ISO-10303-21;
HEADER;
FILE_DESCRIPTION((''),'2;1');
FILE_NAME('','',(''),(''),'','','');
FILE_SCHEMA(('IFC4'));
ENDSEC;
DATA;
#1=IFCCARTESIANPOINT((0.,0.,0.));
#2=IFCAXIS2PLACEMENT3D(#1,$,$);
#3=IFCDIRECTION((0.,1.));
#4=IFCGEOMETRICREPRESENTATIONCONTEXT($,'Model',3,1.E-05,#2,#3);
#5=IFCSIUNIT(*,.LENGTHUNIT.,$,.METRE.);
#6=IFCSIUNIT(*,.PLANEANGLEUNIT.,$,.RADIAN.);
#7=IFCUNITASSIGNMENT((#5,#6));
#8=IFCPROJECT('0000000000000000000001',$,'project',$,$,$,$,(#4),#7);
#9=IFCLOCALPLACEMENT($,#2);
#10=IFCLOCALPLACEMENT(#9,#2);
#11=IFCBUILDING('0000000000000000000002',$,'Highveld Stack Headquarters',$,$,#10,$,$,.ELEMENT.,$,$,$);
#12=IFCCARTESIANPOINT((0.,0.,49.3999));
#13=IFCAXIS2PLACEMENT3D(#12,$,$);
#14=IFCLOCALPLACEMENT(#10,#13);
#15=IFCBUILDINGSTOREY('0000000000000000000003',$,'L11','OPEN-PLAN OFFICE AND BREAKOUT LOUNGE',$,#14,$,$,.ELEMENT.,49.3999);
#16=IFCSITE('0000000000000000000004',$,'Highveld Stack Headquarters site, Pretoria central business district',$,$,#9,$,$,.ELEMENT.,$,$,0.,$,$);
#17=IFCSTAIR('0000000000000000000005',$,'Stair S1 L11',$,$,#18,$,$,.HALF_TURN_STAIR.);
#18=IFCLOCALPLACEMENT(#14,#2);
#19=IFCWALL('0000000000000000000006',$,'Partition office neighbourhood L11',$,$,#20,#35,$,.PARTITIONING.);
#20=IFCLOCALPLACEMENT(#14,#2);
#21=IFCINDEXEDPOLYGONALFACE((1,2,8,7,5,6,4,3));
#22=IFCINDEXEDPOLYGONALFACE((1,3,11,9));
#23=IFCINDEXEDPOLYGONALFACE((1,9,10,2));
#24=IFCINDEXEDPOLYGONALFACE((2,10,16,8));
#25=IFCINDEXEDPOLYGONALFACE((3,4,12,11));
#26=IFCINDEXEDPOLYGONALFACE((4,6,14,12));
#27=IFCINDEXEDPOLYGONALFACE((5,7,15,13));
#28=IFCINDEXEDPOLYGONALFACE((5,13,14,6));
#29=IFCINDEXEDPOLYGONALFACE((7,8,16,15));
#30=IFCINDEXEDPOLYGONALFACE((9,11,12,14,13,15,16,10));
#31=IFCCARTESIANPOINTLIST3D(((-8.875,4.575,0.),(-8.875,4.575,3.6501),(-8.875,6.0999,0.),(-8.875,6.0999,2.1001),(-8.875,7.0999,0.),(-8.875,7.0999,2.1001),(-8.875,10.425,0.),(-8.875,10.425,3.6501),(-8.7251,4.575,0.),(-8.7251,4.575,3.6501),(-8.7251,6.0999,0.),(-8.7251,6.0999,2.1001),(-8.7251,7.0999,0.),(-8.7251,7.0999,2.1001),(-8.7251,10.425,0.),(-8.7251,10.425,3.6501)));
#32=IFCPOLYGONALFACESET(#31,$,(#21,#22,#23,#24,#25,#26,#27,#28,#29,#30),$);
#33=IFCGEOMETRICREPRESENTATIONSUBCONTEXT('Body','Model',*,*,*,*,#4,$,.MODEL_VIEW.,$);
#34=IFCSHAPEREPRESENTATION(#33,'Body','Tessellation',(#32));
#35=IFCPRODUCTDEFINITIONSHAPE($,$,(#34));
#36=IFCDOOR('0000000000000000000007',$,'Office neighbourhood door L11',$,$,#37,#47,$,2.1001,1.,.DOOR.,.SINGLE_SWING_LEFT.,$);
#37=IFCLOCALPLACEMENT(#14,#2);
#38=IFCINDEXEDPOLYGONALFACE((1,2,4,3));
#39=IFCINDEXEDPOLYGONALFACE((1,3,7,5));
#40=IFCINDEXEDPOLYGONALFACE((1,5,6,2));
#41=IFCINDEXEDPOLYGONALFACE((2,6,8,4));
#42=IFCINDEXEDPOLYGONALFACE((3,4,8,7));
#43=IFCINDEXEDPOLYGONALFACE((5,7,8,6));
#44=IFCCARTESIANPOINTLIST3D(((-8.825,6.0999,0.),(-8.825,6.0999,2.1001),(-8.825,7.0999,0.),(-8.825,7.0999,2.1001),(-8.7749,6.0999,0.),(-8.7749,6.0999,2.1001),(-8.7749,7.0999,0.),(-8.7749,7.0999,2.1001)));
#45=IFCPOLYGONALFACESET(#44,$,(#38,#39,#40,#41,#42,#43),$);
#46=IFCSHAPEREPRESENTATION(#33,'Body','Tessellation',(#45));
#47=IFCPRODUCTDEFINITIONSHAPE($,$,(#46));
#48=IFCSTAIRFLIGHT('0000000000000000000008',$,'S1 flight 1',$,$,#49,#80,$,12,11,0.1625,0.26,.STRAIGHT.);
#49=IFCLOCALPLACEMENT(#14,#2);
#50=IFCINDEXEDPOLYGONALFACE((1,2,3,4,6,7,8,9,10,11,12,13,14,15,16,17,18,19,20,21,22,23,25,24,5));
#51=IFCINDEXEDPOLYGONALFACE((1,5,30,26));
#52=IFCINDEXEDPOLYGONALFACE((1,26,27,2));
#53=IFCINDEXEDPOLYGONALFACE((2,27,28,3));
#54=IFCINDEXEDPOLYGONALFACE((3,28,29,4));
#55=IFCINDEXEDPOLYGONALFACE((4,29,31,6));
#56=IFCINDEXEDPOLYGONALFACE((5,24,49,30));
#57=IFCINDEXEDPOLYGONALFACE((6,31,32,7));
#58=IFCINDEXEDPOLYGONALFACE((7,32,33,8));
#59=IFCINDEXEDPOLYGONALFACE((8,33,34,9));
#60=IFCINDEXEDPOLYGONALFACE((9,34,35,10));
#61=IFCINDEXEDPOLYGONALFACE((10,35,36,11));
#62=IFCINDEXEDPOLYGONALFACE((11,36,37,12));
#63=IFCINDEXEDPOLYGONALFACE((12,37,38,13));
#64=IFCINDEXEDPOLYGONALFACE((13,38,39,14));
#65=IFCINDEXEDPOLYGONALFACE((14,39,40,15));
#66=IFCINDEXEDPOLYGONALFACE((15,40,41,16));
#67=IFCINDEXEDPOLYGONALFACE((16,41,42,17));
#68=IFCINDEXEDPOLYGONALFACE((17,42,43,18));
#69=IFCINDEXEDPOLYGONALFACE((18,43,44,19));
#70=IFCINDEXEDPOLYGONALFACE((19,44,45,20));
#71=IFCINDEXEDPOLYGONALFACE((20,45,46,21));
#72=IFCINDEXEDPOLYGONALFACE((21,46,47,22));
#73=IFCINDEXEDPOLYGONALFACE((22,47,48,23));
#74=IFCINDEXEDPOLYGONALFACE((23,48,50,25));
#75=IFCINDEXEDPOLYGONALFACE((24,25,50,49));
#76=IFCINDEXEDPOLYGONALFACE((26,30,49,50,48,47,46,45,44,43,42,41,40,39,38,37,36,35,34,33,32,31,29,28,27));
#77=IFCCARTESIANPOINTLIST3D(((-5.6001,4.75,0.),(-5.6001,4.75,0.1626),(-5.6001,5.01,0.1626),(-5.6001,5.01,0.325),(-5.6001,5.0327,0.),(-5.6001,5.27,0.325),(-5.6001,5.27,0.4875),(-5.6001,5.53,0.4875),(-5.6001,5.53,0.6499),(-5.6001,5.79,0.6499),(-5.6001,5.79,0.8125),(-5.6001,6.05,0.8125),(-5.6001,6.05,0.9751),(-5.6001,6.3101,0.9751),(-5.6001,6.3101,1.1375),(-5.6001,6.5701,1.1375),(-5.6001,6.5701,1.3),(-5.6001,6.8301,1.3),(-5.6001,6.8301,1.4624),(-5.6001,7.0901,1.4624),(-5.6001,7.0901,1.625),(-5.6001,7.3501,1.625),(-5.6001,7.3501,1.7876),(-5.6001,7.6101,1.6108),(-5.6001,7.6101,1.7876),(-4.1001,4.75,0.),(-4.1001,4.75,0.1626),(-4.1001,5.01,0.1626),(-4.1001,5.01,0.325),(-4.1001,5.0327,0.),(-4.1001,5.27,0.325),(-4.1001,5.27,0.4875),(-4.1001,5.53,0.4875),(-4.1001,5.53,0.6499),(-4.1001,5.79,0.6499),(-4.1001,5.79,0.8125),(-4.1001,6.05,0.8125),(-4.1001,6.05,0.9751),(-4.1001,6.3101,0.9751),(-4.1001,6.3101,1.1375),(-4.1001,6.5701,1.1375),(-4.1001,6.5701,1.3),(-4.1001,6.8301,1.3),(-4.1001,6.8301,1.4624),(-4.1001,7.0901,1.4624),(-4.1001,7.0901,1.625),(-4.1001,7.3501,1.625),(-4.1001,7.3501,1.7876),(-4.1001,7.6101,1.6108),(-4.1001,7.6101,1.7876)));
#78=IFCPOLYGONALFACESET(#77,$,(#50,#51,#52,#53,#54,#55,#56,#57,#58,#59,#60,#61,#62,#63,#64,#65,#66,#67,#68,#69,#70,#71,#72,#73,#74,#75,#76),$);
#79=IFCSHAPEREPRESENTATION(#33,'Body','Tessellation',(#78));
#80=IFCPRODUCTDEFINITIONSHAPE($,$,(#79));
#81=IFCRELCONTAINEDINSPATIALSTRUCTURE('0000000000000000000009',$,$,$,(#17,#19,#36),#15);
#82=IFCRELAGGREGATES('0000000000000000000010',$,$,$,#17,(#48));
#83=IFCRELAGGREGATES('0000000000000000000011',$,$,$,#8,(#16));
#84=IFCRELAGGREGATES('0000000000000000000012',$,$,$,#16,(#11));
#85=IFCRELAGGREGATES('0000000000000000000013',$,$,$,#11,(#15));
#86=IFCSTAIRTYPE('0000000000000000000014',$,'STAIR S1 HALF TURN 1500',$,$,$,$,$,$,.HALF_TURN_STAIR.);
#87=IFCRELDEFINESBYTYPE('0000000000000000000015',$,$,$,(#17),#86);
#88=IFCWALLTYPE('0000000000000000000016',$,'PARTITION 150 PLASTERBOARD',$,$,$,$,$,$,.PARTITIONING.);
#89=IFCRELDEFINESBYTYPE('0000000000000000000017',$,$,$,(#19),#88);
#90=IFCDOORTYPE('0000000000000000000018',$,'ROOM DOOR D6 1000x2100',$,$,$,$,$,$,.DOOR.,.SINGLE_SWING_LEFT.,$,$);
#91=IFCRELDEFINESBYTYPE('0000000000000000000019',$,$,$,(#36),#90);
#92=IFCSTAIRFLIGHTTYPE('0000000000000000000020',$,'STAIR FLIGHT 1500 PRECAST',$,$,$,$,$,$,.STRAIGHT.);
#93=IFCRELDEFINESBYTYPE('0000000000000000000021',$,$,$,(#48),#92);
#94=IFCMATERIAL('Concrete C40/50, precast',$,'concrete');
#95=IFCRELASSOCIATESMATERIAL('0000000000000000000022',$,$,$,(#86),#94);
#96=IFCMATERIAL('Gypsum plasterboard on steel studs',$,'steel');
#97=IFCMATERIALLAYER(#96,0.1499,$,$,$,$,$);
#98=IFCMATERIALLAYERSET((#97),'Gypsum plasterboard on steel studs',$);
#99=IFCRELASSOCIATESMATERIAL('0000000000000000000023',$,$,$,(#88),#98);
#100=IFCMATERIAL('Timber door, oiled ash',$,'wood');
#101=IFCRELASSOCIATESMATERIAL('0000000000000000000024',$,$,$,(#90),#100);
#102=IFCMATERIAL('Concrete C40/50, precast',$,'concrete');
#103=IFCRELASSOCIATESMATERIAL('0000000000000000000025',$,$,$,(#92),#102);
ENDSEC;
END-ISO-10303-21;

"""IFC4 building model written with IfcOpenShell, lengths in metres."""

from ifc_helpers import new_model, si_unit, direction, frame, frame_2d, origin, place, context, subcontext, project, spatial, polyline, rectangle, outline, extrude, material, layer, layer_set, type_object, element, fill, aggregate, save


model = new_model("IFC4")

# Units and contexts
model_context = context("Model", 3, precision=1e-05, world=origin(), true_north=direction((0.0, 1.0)))
body_context = subcontext(model_context, "Body", "Model", "MODEL_VIEW")
ifc_project = project(units=[si_unit("LENGTHUNIT", "METRE"), si_unit("PLANEANGLEUNIT", "RADIAN")], contexts=[model_context])

# Site, building, storey
site_placement = place(None, origin())
site = spatial("IfcSite", under=ifc_project, at=site_placement, Name="Highveld Stack Headquarters site, Pretoria central business district", CompositionType="ELEMENT", RefElevation=0.0)
building_placement = place(site_placement, origin())
building = spatial("IfcBuilding", under=site, at=building_placement, Name="Highveld Stack Headquarters", CompositionType="ELEMENT")
storey_placement = place(building_placement, frame((0.0, 0.0, 49.3999)))
storey = spatial("IfcBuildingStorey", under=building, at=storey_placement, Name="L11", Description="OPEN-PLAN OFFICE AND BREAKOUT LOUNGE", CompositionType="ELEMENT", Elevation=49.3999)

# Stair
ifc_material_1 = material(Name="Concrete C40/50, precast", Category="concrete")
stair_type_1 = type_object("IfcStairType", Name="STAIR S1 HALF TURN 1500", PredefinedType="HALF_TURN_STAIR", material=ifc_material_1)
stair_1_placement = place(storey_placement, origin())
stair_1 = element("IfcStair", 1, at=stair_1_placement, inside=storey, type_object=stair_type_1, Name="Stair S1 L11", PredefinedType="HALF_TURN_STAIR")

# Wall, opening, door
ifc_material_2 = material(Name="Gypsum plasterboard on steel studs", Category="steel")
ifc_layer_1 = layer(ifc_material_2, 0.1499)
ifc_layer_set_1 = layer_set([ifc_layer_1], Name="Gypsum plasterboard on steel studs")
wall_type_1 = type_object("IfcWallType", Name="PARTITION 150 PLASTERBOARD", PredefinedType="PARTITIONING", material=ifc_layer_set_1)
wall_1_placement = place(storey_placement, frame((-8.8, 4.575, 0.0), z_axis=(0.0, 0.0, 1.0), x_axis=(0.0, 1.0, 0.0)))
wall_1 = element("IfcWall", 2, at=wall_1_placement, inside=storey, type_object=wall_type_1, Name="Partition office neighbourhood L11", PredefinedType="PARTITIONING", context=body_context, shape_type="SweptSolid", body=[
    extrude(rectangle(XDim=5.8501, YDim=0.1499, at=frame_2d((2.925, 0.0))), origin(), (0.0, 0.0, 1.0), 3.6501),
])
opening_1_placement = place(wall_1_placement, frame((1.5249, 0.0, 0.0)))
opening_1 = element("IfcOpeningElement", 3, at=opening_1_placement, cuts=wall_1, PredefinedType="OPENING", context=body_context, shape_type="SweptSolid", body=[
    extrude(rectangle(XDim=1.0, YDim=2.1001, at=frame_2d((0.5, 1.05))), frame((0.0, 0.085, 0.0), z_axis=(0.0, -1.0, 0.0), x_axis=(1.0, 0.0, 0.0)), (0.0, 0.0, 1.0), 0.1699),
])
ifc_material_3 = material(Name="Timber door, oiled ash", Category="wood")
door_type_1 = type_object("IfcDoorType", Name="ROOM DOOR D6 1000x2100", OperationType="SINGLE_SWING_LEFT", PredefinedType="DOOR", material=ifc_material_3)
door_1_placement = place(opening_1_placement, origin())
door_1 = element("IfcDoor", 4, at=door_1_placement, inside=storey, type_object=door_type_1, Name="Office neighbourhood door L11", OperationType="SINGLE_SWING_LEFT", OverallHeight=2.1001, OverallWidth=1.0, PredefinedType="DOOR", context=body_context, shape_type="SweptSolid", body=[
    extrude(rectangle(XDim=1.0, YDim=2.1001, at=frame_2d((0.5, 1.05))), frame((0.0, 0.0249, 0.0), z_axis=(0.0, -1.0, 0.0), x_axis=(1.0, 0.0, 0.0)), (0.0, 0.0, 1.0), 0.05),
])
fill(opening_1, door_1)

# Stair flight
ifc_material_4 = material(Name="Concrete C40/50, precast", Category="concrete")
stair_flight_type = type_object("IfcStairFlightType", Name="STAIR FLIGHT 1500 PRECAST", PredefinedType="STRAIGHT", material=ifc_material_4)
stair_flight_placement = place(storey_placement, frame((-4.8501, 4.75, 0.0), z_axis=(0.0, 0.0, 1.0), x_axis=(0.0, 1.0, 0.0)))
stair_flight = element("IfcStairFlight", 5, at=stair_flight_placement, type_object=stair_flight_type, Name="S1 flight 1", NumberOfRisers=12, NumberOfTreads=11, PredefinedType="STRAIGHT", RiserHeight=0.1625, TreadLength=0.26, context=body_context, shape_type="SweptSolid", body=[
    extrude(outline(polyline([(0.0, 0.0), (0.0, 0.1626), (0.26, 0.1626), (0.26, 0.325), (0.52, 0.325), (0.52, 0.4875), (0.78, 0.4875), (0.78, 0.6499), (1.04, 0.6499), (1.04, 0.8125), (1.3, 0.8125), (1.3, 0.9751), (1.5601, 0.9751), (1.5601, 1.1375), (1.8201, 1.1375), (1.8201, 1.3), (2.0801, 1.3), (2.0801, 1.4624), (2.3401, 1.4624), (2.3401, 1.625), (2.6001, 1.625), (2.6001, 1.7876), (2.8601, 1.7876), (2.8601, 1.95), (2.8601, 1.6108), (0.2827, 0.0), (0.0, 0.0)])), frame((0.0, 0.75, 0.0), z_axis=(0.0, -1.0, 0.0), x_axis=(1.0, 0.0, 0.0)), (0.0, 0.0, 1.0), 1.5),
])
aggregate(stair_1, [stair_flight])

save(model, "model.ifc")
